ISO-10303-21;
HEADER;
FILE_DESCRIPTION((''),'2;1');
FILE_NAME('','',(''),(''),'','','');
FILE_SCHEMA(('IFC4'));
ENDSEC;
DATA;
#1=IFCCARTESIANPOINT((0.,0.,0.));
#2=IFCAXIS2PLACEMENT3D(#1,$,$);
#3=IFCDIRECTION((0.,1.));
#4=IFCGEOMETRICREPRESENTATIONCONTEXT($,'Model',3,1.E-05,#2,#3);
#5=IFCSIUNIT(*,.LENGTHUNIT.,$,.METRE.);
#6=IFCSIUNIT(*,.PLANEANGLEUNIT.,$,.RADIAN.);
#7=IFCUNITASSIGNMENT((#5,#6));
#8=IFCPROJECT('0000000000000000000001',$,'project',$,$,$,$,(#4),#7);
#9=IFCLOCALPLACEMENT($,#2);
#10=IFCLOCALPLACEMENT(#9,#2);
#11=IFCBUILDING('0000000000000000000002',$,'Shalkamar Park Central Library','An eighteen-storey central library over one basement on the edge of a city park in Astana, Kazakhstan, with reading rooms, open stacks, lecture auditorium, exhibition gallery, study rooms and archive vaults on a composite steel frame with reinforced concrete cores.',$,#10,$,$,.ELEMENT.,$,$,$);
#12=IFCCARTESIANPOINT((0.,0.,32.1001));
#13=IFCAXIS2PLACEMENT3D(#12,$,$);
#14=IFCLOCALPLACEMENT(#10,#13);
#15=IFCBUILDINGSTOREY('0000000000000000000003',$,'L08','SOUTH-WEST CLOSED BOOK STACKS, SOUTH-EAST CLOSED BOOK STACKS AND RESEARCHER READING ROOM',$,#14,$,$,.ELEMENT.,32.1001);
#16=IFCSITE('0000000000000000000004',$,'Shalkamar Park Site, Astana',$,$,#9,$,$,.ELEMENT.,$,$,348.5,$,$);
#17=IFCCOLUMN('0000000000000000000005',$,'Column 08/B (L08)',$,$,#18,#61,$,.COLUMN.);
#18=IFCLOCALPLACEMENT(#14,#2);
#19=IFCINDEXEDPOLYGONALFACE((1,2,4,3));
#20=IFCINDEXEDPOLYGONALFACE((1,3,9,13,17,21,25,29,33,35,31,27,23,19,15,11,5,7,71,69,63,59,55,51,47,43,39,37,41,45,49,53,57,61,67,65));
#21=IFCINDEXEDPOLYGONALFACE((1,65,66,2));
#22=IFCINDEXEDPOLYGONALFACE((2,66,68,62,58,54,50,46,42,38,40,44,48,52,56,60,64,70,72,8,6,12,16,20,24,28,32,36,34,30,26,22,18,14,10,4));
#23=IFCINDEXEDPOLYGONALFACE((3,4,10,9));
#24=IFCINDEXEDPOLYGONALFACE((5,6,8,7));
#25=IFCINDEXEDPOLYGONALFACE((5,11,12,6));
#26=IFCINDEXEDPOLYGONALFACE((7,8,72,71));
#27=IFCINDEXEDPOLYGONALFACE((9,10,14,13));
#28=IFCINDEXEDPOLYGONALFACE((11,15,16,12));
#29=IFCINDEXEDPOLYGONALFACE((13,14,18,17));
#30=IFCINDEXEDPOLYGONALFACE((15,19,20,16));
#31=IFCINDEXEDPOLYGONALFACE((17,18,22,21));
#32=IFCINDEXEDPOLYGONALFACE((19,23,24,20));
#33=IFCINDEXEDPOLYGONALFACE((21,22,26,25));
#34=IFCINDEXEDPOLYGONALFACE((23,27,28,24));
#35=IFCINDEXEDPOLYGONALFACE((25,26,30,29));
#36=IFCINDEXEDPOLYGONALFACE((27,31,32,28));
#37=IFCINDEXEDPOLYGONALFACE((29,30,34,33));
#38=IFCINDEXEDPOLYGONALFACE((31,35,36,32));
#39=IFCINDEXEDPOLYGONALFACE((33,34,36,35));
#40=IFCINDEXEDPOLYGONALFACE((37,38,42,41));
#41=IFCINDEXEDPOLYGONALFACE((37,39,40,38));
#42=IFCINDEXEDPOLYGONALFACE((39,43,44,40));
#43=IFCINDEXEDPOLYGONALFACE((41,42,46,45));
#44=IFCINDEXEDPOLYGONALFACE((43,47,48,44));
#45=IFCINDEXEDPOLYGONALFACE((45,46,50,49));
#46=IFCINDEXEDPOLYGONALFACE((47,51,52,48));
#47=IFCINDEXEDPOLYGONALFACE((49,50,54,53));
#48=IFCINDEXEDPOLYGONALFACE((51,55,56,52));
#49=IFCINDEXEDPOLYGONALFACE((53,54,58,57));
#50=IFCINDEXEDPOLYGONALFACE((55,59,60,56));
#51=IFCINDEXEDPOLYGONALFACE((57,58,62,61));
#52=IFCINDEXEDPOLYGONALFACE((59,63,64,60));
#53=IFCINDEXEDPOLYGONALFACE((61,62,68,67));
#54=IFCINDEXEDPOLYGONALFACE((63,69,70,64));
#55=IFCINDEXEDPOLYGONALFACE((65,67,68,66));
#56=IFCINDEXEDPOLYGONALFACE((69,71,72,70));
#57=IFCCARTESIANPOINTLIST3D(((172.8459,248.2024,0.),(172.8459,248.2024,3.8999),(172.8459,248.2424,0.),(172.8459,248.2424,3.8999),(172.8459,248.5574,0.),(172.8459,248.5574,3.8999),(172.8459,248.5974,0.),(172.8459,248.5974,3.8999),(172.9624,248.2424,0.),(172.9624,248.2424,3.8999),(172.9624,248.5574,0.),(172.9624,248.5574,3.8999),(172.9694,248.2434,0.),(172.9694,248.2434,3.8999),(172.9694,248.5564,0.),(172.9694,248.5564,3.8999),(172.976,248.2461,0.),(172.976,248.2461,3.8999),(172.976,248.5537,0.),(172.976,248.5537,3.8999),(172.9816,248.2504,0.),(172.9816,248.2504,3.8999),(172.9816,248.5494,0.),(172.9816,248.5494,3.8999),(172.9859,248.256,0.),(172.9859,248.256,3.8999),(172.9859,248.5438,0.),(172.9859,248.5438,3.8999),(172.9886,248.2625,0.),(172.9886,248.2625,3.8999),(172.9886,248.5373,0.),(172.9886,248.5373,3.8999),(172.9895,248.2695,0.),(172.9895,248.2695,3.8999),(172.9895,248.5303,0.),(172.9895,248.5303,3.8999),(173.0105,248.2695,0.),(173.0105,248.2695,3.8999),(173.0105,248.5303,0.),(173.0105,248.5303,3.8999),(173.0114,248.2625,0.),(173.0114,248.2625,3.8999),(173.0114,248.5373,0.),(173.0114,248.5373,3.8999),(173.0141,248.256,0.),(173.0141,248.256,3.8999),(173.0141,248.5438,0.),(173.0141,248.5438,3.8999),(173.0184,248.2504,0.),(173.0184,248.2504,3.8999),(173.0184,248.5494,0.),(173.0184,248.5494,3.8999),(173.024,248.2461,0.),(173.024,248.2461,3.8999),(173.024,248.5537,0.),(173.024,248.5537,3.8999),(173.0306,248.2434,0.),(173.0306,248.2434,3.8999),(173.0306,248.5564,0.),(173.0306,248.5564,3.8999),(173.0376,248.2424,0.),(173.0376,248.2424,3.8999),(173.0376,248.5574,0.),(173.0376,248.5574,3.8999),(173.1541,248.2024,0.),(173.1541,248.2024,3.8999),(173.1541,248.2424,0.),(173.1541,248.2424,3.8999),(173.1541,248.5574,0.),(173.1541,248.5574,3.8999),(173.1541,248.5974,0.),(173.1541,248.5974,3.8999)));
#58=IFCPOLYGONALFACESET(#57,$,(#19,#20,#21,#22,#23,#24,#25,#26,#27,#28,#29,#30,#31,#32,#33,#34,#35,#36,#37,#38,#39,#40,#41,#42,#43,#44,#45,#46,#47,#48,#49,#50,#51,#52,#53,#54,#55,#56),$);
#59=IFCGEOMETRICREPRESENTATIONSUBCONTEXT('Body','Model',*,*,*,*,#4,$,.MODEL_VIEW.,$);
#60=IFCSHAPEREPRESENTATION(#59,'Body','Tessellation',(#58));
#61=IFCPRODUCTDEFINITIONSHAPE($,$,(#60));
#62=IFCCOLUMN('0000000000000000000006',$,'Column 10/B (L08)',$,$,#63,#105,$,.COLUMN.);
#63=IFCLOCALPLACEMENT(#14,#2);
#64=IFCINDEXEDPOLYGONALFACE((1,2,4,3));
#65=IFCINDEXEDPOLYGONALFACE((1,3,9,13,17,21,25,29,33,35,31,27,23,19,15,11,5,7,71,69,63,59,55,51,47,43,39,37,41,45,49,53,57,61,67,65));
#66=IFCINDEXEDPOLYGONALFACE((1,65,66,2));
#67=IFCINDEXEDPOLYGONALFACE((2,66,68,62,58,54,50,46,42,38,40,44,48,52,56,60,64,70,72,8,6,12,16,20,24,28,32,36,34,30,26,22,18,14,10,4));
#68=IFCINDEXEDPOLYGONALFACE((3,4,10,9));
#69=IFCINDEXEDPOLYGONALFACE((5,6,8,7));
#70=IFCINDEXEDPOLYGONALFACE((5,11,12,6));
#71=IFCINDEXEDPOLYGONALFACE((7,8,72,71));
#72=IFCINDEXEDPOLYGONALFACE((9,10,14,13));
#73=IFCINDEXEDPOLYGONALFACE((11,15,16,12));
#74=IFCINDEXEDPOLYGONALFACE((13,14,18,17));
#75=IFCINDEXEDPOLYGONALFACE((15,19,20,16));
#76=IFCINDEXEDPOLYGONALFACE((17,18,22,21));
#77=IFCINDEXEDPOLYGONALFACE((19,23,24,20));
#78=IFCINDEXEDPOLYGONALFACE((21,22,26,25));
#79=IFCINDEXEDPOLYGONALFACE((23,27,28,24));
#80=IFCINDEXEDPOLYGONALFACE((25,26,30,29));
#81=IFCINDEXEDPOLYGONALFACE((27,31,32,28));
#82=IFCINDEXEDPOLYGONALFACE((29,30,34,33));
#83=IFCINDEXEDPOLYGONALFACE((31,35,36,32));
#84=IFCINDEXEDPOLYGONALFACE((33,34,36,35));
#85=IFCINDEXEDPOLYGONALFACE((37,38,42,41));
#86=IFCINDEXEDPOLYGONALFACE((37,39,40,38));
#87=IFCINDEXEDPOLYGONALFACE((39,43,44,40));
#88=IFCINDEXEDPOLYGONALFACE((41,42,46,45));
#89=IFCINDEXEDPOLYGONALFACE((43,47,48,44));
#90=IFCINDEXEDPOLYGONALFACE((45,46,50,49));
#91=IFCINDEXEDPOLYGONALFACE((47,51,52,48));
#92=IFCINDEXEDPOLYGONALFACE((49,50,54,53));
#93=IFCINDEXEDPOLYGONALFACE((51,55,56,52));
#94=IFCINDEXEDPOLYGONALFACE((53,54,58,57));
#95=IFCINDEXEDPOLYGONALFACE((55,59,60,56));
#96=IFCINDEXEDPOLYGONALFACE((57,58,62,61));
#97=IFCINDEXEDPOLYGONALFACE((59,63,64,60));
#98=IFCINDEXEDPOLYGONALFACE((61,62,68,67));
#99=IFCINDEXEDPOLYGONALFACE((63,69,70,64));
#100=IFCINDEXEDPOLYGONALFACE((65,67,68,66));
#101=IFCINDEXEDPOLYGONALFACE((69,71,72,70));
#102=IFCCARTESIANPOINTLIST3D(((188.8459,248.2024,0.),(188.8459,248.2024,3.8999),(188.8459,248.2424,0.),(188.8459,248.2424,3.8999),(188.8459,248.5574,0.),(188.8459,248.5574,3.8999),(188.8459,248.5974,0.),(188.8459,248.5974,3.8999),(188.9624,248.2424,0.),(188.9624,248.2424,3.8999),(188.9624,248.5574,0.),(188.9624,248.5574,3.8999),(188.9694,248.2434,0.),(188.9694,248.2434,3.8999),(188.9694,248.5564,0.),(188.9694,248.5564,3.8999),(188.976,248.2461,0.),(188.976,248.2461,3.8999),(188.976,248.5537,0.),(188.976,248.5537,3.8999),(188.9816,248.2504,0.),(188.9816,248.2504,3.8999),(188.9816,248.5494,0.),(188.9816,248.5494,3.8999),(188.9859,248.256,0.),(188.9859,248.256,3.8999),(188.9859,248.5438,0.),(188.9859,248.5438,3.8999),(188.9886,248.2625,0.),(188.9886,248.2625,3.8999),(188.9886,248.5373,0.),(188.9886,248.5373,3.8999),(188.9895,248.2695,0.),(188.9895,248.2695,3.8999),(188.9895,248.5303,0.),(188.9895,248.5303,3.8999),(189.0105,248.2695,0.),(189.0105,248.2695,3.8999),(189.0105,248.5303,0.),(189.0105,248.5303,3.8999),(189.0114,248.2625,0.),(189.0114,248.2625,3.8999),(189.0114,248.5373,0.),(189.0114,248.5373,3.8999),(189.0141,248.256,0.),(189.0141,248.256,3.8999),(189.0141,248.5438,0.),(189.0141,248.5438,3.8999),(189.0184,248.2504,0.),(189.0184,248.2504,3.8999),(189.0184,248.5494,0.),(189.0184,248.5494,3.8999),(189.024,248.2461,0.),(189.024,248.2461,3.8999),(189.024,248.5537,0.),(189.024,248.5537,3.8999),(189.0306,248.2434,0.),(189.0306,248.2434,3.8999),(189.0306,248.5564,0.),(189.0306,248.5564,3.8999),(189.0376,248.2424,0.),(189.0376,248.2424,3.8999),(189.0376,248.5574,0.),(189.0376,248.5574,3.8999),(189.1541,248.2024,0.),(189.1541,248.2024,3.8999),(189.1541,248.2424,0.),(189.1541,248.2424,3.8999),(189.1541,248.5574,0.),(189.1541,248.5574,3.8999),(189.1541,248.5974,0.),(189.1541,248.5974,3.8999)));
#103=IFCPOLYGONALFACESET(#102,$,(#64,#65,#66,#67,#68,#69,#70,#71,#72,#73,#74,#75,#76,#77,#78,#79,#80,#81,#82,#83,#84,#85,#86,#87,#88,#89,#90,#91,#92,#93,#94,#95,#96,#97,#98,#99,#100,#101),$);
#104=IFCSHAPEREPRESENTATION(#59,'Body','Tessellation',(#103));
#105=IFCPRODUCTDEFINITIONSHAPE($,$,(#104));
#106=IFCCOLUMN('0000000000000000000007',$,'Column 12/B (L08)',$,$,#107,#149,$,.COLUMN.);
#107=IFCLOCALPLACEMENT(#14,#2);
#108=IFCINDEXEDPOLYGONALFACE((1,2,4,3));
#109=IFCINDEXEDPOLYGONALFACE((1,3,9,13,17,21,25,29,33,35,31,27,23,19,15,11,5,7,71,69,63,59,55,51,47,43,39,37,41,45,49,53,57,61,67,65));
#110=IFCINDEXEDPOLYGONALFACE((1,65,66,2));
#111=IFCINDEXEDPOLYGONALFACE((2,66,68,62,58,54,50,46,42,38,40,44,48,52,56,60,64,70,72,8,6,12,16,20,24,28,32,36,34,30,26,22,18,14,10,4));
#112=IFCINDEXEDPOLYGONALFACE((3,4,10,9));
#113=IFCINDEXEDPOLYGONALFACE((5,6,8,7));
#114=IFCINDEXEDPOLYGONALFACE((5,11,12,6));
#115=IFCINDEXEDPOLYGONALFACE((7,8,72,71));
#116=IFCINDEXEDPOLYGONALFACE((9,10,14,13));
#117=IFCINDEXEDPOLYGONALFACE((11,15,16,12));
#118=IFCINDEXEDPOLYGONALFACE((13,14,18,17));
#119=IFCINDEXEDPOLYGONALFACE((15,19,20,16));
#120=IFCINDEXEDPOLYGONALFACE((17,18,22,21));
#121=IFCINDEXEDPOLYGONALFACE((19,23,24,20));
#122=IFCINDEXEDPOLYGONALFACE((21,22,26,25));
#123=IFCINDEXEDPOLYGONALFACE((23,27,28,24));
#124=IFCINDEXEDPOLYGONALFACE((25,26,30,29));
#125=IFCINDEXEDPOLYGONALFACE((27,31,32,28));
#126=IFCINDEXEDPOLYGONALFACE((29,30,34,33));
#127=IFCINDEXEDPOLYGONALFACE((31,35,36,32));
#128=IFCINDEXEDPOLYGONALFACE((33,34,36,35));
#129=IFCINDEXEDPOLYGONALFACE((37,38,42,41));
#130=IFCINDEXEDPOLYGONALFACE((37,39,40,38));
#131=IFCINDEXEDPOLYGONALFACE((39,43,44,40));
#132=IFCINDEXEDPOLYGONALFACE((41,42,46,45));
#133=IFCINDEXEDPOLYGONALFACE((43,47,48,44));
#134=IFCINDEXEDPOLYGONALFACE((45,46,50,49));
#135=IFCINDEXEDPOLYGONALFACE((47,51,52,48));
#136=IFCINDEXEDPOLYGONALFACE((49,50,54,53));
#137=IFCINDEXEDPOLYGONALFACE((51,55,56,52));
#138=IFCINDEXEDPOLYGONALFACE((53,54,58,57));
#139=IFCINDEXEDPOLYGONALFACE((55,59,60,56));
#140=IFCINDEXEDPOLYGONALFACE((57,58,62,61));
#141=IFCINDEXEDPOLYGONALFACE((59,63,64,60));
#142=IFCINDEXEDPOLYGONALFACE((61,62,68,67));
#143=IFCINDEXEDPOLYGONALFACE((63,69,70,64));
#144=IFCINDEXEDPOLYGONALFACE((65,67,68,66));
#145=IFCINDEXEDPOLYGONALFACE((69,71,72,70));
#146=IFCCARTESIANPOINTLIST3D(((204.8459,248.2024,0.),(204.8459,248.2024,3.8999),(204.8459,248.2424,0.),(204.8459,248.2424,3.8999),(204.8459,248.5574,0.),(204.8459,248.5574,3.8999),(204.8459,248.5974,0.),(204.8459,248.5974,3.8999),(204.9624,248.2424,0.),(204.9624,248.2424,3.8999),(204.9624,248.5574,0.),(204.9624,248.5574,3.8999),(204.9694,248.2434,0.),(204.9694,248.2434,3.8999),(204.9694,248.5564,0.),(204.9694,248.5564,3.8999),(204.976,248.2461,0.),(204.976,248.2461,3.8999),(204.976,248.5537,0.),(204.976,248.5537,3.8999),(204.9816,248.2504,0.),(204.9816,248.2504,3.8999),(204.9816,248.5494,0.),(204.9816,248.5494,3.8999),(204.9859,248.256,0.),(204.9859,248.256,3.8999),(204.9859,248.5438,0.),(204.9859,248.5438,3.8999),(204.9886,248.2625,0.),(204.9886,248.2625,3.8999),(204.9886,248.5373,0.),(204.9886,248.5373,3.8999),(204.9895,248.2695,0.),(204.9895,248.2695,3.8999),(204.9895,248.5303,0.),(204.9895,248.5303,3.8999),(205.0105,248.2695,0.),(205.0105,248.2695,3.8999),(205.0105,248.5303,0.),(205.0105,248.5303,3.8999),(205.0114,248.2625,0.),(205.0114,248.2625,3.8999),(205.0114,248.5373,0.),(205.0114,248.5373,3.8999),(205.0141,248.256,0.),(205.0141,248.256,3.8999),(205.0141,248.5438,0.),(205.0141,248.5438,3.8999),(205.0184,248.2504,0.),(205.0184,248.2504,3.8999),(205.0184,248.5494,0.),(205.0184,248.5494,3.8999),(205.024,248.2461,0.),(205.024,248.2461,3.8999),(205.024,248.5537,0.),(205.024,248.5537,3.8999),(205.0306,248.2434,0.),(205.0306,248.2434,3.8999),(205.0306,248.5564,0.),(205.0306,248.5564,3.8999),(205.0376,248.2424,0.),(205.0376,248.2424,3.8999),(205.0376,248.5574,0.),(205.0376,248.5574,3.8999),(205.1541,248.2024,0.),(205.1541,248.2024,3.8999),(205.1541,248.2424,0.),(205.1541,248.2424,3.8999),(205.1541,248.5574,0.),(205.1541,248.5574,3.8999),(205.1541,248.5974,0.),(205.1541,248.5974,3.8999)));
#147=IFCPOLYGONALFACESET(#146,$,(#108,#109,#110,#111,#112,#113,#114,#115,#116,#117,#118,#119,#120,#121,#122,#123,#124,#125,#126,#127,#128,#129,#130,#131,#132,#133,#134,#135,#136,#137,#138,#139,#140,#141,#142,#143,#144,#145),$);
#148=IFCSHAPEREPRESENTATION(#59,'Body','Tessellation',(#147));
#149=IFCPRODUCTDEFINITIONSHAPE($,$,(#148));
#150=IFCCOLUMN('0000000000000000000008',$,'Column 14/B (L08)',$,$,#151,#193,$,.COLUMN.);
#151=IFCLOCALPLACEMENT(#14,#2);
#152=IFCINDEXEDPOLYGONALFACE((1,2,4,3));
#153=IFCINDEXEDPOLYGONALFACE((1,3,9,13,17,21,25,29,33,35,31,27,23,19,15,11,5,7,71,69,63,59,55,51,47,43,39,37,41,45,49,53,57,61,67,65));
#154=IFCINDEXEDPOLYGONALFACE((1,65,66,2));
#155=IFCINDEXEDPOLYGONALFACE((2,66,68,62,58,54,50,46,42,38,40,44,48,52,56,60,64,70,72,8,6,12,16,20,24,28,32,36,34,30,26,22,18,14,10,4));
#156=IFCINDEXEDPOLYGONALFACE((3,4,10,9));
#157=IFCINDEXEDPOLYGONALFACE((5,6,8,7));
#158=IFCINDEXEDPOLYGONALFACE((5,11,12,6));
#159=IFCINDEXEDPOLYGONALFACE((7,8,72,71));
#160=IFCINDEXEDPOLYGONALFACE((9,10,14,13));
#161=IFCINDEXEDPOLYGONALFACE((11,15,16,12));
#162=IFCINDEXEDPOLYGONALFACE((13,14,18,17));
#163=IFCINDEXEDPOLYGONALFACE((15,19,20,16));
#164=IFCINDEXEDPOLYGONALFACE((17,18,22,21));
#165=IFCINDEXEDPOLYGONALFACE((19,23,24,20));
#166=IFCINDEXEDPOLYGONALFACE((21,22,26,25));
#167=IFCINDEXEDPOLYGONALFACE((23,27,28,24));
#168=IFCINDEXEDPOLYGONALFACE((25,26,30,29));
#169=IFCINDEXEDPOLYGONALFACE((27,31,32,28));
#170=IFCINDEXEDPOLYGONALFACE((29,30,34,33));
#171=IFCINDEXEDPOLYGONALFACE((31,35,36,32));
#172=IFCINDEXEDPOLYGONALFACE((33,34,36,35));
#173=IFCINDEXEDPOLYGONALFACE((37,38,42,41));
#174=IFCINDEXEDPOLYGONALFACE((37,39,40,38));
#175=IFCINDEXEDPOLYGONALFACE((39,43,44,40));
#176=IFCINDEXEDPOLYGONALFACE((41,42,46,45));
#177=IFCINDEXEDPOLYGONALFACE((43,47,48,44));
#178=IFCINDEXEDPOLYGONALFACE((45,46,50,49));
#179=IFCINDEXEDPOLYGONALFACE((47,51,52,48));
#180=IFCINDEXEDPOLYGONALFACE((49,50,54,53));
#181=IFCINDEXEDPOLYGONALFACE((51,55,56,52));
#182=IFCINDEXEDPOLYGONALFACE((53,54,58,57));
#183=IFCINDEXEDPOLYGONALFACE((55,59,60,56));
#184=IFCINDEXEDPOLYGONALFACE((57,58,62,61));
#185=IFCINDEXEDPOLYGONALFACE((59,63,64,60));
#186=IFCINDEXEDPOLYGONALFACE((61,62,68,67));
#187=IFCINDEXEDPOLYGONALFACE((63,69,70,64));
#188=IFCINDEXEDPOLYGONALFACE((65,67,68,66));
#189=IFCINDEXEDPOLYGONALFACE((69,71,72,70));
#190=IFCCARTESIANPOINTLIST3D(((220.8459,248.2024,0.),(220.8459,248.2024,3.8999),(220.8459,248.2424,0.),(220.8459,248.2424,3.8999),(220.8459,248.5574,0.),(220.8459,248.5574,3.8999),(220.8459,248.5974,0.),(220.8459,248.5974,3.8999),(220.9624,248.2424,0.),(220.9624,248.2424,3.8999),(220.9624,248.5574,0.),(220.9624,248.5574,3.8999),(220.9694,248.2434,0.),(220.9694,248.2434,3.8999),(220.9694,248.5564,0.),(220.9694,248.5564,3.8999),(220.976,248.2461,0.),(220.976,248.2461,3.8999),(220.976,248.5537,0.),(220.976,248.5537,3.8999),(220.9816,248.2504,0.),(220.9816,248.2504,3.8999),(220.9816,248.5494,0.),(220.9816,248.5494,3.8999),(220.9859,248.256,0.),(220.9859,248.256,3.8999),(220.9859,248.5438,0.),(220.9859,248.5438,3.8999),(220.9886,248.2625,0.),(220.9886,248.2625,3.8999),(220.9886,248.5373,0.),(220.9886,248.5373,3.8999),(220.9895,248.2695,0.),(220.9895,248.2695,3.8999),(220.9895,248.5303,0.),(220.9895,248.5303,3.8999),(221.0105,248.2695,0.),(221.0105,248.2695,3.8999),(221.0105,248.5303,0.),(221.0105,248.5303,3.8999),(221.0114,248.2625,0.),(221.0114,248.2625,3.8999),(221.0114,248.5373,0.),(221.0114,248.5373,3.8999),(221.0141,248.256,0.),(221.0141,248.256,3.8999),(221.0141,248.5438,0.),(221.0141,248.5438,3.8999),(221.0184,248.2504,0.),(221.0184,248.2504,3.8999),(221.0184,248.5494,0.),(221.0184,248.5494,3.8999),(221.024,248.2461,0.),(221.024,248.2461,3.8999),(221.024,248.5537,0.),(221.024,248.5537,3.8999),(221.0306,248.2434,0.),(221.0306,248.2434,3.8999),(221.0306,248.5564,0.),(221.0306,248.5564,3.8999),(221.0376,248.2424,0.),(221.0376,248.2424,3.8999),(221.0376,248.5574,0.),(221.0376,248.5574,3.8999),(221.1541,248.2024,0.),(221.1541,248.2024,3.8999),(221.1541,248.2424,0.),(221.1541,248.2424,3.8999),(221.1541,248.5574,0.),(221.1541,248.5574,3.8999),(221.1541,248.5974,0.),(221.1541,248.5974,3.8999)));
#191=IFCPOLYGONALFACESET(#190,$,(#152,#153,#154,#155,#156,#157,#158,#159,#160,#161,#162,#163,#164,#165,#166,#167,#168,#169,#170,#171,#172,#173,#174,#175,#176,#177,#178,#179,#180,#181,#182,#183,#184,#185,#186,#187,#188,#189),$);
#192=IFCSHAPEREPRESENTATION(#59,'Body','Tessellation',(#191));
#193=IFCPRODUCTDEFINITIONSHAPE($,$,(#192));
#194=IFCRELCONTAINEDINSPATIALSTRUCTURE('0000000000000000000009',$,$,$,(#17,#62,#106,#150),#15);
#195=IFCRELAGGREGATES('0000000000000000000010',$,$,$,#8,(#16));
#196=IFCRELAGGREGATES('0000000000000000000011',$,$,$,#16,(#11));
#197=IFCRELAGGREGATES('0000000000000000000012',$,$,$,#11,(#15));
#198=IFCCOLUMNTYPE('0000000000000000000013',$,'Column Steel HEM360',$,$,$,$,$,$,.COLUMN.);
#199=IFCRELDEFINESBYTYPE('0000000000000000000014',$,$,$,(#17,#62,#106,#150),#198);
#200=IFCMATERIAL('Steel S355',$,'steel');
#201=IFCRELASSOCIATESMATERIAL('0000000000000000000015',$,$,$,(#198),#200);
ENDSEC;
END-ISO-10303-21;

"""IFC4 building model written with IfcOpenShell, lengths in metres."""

from ifc_helpers import new_model, si_unit, direction, frame, origin, origin_2d, place, context, subcontext, project, spatial, i_section, extrude, material, material_profile, profile_set, type_object, element, save


model = new_model("IFC4")

# Units and contexts
model_context = context("Model", 3, precision=1e-05, world=origin(), true_north=direction((0.0, 1.0)))
body_context = subcontext(model_context, "Body", "Model", "MODEL_VIEW")
ifc_project = project(units=[si_unit("LENGTHUNIT", "METRE"), si_unit("PLANEANGLEUNIT", "RADIAN")], contexts=[model_context])

# Site, building, storey
site_placement = place(None, origin())
site = spatial("IfcSite", under=ifc_project, at=site_placement, Name="Shalkamar Park Site, Astana", CompositionType="ELEMENT", RefElevation=348.5)
building_placement = place(site_placement, origin())
building = spatial("IfcBuilding", under=site, at=building_placement, Name="Shalkamar Park Central Library", Description="An eighteen-storey central library over one basement on the edge of a city park in Astana, Kazakhstan, with reading rooms, open stacks, lecture auditorium, exhibition gallery, study rooms and archive vaults on a composite steel frame with reinforced concrete cores.", CompositionType="ELEMENT")
storey_placement = place(building_placement, frame((0.0, 0.0, 32.1001)))
storey = spatial("IfcBuildingStorey", under=building, at=storey_placement, Name="L08", Description="SOUTH-WEST CLOSED BOOK STACKS, SOUTH-EAST CLOSED BOOK STACKS AND RESEARCHER READING ROOM", CompositionType="ELEMENT", Elevation=32.1001)

# Columns
ifc_material_1 = material(Name="Steel S355", Category="steel")
ifc_material_profile_1 = material_profile(ifc_material_1, i_section(OverallWidth=0.3081, OverallDepth=0.395, WebThickness=0.021, FlangeThickness=0.04, FilletRadius=0.0271, at=origin_2d()), Name="HEM 360")
ifc_profile_set_1 = profile_set([ifc_material_profile_1], Name="Steel S355")
column_type_1 = type_object("IfcColumnType", Name="Column Steel HEM360", PredefinedType="COLUMN", material=ifc_profile_set_1)
for number, where, z_axis, x_axis, name in (
    (1, (173.0, 248.3999, 0.0), (0.0, 0.0, 1.0), (1.0, 0.0, 0.0), "Column 08/B (L08)"),
    (2, (189.0, 248.3999, 0.0), (0.0, 0.0, 1.0), (1.0, 0.0, 0.0), "Column 10/B (L08)"),
    (3, (205.0, 248.3999, 0.0), (0.0, 0.0, 1.0), (1.0, 0.0, 0.0), "Column 12/B (L08)"),
    (4, (221.0, 248.3999, 0.0), (0.0, 0.0, 1.0), (1.0, 0.0, 0.0), "Column 14/B (L08)"),
):
    element("IfcColumn", number, at=place(storey_placement, frame(where, z_axis=z_axis, x_axis=x_axis)), inside=storey, type_object=column_type_1, Name=name, PredefinedType="COLUMN", context=body_context, shape_type="SweptSolid", body=[
        extrude(i_section(OverallWidth=0.3081, OverallDepth=0.395, WebThickness=0.021, FlangeThickness=0.04, FilletRadius=0.0271, at=origin_2d()), origin(), (0.0, 0.0, 1.0), 3.8999),
    ])

save(model, "model.ifc")
